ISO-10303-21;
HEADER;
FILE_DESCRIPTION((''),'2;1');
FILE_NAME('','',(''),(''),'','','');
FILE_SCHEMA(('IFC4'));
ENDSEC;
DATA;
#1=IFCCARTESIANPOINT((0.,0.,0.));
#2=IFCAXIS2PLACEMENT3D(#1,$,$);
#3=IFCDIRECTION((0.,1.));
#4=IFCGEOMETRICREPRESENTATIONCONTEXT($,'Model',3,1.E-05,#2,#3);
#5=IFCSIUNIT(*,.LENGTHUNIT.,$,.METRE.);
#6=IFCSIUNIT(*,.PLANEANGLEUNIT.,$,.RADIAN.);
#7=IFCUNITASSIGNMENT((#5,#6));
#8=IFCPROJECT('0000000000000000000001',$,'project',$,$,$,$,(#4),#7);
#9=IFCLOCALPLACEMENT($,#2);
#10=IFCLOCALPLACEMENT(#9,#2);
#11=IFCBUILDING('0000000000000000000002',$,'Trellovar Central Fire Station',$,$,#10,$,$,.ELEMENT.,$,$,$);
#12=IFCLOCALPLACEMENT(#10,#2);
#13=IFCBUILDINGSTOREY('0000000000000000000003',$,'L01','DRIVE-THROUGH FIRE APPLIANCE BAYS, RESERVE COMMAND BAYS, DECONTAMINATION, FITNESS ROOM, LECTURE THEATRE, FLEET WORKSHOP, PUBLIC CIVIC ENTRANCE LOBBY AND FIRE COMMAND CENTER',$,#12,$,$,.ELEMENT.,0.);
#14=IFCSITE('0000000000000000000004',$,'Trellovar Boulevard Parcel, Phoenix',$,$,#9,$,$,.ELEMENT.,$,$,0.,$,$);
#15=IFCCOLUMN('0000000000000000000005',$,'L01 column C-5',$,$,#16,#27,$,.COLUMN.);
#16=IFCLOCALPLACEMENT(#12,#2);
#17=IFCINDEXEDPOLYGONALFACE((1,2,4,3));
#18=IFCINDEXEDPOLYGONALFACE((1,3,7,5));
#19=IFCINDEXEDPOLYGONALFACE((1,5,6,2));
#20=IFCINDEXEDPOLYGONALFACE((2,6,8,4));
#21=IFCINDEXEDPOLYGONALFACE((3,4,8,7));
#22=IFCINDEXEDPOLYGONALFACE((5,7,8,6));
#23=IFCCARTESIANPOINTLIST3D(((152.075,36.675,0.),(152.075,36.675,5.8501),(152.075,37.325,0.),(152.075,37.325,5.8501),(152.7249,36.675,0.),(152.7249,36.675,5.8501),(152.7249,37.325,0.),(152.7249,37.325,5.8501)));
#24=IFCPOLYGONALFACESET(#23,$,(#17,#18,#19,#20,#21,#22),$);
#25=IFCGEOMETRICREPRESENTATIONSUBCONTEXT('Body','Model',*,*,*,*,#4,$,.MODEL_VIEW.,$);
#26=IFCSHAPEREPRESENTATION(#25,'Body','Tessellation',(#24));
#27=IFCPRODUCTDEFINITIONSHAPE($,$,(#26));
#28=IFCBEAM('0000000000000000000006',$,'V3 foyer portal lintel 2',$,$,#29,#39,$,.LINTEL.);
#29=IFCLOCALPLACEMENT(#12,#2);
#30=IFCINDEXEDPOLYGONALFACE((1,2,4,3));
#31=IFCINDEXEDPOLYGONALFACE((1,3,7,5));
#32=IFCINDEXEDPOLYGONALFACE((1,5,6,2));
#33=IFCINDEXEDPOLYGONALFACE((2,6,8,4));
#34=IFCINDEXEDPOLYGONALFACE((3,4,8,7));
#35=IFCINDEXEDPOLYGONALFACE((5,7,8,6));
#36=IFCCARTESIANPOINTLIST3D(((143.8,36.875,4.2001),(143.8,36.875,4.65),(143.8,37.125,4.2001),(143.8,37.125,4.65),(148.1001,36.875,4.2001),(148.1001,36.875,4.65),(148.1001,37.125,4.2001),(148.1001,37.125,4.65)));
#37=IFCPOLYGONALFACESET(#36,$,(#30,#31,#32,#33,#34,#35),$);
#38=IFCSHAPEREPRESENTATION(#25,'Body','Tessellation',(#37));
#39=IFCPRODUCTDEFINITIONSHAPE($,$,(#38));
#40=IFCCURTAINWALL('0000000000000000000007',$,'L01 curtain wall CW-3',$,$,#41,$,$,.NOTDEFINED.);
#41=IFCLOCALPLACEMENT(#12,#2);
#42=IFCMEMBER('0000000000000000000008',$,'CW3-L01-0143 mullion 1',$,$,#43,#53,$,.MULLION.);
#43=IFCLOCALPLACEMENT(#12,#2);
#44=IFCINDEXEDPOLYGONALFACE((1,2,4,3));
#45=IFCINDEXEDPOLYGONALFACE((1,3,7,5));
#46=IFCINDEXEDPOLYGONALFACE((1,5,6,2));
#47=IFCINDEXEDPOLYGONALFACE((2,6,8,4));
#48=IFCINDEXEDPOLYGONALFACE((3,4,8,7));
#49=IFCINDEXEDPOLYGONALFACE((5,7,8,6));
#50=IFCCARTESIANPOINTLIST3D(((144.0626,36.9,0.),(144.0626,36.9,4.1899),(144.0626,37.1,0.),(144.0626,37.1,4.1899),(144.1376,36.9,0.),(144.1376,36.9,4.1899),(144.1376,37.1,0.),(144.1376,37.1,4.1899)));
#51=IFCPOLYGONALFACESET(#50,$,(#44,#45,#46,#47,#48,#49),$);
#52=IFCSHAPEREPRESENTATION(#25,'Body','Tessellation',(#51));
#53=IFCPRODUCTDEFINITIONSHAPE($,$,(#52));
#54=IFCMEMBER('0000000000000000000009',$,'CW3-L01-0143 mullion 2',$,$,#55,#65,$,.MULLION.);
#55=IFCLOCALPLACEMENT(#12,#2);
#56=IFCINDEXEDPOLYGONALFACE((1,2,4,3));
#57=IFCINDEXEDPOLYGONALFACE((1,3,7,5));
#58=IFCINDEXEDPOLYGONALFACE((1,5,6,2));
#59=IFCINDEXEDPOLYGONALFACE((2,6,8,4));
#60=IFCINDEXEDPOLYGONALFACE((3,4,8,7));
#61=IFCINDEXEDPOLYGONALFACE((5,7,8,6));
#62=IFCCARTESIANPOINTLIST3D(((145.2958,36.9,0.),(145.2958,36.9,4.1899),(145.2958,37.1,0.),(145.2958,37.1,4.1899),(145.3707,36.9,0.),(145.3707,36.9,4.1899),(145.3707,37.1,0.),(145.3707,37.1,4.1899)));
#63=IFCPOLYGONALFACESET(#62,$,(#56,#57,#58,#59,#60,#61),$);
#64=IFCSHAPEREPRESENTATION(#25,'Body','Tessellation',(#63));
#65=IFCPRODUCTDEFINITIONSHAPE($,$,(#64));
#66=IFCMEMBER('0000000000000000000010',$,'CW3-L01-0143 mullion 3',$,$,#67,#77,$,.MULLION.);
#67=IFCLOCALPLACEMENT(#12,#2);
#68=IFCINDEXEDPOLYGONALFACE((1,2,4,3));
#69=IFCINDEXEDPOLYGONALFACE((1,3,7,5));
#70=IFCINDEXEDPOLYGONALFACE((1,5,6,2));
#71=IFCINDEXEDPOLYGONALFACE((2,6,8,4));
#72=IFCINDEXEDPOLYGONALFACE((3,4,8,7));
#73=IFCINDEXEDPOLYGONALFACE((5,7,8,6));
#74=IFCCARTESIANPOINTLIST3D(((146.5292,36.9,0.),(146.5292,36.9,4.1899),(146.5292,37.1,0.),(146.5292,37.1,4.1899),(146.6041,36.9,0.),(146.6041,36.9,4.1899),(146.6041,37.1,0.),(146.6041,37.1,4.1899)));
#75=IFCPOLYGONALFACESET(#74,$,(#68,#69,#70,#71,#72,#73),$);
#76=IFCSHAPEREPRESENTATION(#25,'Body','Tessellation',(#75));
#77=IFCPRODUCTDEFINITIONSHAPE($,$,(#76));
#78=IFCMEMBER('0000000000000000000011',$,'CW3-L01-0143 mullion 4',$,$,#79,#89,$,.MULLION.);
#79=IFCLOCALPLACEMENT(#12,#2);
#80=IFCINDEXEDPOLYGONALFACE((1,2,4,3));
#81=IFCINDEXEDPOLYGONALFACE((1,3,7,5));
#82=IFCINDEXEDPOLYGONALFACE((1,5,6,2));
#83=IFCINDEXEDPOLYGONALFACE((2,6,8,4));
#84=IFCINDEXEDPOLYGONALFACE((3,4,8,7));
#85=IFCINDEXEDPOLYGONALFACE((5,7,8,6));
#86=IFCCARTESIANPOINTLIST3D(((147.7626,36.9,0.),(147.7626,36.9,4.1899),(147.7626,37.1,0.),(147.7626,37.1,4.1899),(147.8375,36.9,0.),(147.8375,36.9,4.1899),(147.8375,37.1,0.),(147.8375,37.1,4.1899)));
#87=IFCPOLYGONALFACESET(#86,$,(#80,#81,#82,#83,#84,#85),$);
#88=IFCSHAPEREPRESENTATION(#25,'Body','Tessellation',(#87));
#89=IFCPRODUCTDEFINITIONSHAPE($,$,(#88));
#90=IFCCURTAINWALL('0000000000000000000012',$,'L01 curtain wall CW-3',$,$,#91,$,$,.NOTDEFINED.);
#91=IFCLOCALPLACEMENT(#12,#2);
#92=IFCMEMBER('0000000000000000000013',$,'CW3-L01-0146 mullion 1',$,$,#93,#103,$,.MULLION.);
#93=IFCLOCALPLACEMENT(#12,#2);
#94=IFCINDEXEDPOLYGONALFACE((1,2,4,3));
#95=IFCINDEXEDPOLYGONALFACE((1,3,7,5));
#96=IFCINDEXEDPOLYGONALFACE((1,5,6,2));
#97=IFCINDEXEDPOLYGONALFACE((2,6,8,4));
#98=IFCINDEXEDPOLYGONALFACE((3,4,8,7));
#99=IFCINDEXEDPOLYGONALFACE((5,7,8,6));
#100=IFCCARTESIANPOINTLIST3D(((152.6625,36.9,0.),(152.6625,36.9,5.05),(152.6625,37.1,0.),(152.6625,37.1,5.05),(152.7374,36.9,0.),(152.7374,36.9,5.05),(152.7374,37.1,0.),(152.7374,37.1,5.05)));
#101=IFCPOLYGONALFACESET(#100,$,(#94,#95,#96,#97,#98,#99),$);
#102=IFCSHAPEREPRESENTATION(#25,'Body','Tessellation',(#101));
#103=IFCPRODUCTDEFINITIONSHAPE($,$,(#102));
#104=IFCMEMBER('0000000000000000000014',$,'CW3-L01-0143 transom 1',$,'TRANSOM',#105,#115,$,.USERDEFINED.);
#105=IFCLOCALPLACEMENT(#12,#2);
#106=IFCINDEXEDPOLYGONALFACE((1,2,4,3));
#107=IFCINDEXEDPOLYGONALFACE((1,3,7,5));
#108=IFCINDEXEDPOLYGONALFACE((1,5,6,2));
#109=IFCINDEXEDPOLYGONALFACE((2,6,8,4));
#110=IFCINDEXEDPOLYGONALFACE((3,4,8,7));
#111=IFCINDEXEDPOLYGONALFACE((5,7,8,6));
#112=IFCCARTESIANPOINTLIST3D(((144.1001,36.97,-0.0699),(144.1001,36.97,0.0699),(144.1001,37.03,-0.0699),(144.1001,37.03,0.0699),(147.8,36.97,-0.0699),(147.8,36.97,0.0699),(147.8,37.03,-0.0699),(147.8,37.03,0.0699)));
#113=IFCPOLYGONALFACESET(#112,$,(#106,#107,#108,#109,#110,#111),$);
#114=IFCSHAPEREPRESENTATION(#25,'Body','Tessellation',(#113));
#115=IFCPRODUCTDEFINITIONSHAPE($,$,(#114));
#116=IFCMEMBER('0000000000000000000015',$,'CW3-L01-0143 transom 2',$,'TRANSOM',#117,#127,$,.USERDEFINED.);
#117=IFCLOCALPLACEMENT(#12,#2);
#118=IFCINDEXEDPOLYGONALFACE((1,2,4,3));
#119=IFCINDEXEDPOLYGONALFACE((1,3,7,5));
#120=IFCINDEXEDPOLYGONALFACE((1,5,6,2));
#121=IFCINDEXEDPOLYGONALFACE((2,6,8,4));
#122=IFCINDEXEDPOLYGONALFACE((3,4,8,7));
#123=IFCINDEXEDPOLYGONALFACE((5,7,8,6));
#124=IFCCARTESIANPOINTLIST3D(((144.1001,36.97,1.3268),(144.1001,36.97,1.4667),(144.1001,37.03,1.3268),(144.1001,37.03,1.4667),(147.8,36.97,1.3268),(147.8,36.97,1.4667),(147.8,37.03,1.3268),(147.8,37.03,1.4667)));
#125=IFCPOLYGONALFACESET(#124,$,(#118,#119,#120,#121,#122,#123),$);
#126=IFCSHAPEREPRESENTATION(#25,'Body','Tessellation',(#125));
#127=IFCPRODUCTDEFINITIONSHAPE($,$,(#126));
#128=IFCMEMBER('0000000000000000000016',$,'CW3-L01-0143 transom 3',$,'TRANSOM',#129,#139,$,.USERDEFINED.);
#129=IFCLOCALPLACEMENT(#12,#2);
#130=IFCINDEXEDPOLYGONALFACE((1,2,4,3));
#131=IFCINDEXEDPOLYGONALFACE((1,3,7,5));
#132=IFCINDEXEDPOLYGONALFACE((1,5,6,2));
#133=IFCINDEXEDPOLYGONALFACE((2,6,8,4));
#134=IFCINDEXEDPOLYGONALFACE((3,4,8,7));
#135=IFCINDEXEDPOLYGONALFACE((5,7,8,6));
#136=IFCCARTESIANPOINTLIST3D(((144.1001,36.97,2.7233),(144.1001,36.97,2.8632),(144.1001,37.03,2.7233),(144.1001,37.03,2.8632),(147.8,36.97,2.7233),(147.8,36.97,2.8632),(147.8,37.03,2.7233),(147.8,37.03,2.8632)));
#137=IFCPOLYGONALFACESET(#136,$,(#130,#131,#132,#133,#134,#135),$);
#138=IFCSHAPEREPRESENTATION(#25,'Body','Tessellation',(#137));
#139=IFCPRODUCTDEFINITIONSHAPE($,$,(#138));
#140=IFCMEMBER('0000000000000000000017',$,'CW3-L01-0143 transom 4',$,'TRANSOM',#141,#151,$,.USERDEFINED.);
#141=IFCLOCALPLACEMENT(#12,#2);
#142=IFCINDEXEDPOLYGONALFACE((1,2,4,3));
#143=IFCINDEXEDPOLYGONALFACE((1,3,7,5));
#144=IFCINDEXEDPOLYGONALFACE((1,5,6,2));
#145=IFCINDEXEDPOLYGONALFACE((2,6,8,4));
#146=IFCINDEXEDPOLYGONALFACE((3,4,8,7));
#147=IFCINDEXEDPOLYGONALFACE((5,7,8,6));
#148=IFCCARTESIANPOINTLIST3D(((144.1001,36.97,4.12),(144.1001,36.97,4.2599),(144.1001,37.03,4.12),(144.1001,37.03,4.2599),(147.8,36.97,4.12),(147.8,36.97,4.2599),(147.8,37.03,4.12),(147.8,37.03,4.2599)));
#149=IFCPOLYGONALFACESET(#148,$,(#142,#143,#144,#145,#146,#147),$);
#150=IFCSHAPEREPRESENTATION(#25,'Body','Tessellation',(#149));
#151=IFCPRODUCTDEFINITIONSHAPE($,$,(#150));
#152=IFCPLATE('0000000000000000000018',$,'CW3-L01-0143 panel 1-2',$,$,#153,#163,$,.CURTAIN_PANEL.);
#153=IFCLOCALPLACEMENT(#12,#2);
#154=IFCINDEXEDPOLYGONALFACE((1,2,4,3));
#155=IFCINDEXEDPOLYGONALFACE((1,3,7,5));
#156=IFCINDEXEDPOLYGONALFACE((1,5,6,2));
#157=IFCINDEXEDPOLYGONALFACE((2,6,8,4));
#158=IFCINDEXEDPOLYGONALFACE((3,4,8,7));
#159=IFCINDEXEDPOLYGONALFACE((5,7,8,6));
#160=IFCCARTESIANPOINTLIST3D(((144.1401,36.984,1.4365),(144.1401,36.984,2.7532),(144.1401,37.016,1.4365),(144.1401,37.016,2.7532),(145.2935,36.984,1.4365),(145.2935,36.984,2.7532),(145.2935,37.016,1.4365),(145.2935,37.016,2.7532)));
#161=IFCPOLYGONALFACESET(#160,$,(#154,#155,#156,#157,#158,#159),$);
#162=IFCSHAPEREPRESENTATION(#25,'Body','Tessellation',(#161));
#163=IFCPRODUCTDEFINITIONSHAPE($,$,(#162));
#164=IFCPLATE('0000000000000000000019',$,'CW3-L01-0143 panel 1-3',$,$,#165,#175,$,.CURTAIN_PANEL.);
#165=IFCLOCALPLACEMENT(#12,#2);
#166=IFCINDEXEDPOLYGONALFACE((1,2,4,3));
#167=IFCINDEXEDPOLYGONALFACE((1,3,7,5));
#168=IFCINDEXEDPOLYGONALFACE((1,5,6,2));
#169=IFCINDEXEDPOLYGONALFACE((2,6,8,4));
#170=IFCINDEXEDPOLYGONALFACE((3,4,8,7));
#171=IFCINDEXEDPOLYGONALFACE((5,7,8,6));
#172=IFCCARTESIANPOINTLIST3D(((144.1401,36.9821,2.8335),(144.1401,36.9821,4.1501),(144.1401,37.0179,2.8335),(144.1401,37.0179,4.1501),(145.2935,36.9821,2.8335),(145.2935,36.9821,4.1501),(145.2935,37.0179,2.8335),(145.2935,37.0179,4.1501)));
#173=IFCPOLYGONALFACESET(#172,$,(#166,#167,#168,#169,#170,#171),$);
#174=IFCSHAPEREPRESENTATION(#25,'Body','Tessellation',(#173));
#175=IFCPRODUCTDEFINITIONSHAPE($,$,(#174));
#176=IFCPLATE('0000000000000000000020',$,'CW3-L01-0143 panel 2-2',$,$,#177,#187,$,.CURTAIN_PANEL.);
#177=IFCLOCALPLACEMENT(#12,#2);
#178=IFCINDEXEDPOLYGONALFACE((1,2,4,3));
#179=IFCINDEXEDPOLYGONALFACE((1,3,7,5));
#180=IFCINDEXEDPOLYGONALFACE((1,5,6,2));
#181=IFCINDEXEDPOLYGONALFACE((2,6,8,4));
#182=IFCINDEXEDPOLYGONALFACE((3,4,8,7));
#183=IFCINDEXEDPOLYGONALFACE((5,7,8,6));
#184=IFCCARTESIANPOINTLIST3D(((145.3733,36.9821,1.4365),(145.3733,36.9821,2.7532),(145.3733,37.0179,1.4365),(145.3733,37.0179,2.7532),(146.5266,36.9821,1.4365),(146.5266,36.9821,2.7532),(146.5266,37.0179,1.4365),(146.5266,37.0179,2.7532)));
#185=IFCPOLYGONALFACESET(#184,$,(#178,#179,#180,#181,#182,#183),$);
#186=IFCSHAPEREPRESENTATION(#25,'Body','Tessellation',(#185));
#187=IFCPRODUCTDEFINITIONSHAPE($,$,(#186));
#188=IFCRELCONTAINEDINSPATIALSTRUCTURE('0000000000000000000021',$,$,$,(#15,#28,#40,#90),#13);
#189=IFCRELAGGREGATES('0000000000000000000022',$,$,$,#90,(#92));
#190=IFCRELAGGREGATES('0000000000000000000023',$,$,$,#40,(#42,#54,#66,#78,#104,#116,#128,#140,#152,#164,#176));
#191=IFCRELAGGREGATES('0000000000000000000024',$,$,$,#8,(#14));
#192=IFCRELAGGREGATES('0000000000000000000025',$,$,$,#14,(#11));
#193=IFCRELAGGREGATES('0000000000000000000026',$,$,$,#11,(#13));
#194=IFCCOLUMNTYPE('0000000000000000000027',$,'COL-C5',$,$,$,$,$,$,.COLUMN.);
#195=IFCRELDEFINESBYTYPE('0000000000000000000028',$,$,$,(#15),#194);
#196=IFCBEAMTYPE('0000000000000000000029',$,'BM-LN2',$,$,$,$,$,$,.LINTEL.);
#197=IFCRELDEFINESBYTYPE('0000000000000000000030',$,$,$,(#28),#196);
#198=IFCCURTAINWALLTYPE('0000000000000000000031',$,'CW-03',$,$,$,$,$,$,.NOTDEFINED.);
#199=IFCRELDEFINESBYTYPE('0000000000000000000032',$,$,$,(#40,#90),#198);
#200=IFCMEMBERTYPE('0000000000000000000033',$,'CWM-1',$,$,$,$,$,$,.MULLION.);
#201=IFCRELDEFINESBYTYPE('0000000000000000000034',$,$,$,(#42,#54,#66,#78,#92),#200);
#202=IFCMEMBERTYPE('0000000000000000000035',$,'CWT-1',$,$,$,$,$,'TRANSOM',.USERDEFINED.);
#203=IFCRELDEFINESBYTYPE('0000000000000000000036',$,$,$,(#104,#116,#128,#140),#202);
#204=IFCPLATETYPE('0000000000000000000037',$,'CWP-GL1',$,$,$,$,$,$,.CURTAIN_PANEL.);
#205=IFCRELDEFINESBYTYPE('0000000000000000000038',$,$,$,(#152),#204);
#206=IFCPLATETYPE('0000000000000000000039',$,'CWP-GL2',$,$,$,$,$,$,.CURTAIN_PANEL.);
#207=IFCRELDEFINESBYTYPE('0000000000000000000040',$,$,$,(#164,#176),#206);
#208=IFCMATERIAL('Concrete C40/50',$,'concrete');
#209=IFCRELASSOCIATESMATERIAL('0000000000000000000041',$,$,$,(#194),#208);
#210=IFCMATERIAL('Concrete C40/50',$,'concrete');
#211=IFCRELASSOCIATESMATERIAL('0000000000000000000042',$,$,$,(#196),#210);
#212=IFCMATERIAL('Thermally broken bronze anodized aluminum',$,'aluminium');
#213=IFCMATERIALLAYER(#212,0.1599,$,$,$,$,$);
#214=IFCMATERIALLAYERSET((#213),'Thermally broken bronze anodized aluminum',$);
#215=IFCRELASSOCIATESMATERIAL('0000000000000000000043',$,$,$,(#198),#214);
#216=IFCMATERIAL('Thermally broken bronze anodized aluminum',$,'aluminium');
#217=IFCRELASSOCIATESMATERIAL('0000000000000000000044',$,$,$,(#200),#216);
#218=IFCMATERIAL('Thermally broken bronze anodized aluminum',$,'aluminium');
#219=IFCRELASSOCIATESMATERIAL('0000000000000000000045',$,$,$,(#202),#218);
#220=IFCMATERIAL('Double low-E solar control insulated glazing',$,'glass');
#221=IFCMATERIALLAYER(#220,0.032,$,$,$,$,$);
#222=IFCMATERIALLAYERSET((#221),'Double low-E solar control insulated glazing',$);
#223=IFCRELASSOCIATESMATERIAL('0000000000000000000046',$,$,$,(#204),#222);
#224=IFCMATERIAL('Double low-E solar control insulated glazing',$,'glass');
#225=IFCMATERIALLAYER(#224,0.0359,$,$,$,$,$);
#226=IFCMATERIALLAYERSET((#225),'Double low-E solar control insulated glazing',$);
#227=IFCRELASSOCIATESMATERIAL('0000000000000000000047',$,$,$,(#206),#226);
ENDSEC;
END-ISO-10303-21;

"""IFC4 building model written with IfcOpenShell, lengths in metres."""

from ifc_helpers import new_model, si_unit, direction, frame, origin, origin_2d, place, context, subcontext, project, spatial, rectangle, extrude, material, layer, layer_set, material_profile, profile_set, type_object, element, aggregate, save


model = new_model("IFC4")

# Units and contexts
model_context = context("Model", 3, precision=1e-05, world=origin(), true_north=direction((0.0, 1.0)))
body_context = subcontext(model_context, "Body", "Model", "MODEL_VIEW")
ifc_project = project(units=[si_unit("LENGTHUNIT", "METRE"), si_unit("PLANEANGLEUNIT", "RADIAN")], contexts=[model_context])

# Site, building, storey
site_placement = place(None, origin())
site = spatial("IfcSite", under=ifc_project, at=site_placement, Name="Trellovar Boulevard Parcel, Phoenix", CompositionType="ELEMENT", RefElevation=0.0)
building_placement = place(site_placement, origin())
building = spatial("IfcBuilding", under=site, at=building_placement, Name="Trellovar Central Fire Station", CompositionType="ELEMENT")
storey_placement = place(building_placement, origin())
storey = spatial("IfcBuildingStorey", under=building, at=storey_placement, Name="L01", Description="DRIVE-THROUGH FIRE APPLIANCE BAYS, RESERVE COMMAND BAYS, DECONTAMINATION, FITNESS ROOM, LECTURE THEATRE, FLEET WORKSHOP, PUBLIC CIVIC ENTRANCE LOBBY AND FIRE COMMAND CENTER", CompositionType="ELEMENT", Elevation=0.0)

# Column
ifc_material_1 = material(Name="Concrete C40/50", Category="concrete")
ifc_material_profile_1 = material_profile(ifc_material_1, rectangle(XDim=0.6499, YDim=0.6499, at=origin_2d()), Name="RC650X650")
ifc_profile_set_1 = profile_set([ifc_material_profile_1], Name="Concrete C40/50")
column_type = type_object("IfcColumnType", Name="COL-C5", PredefinedType="COLUMN", material=ifc_profile_set_1)
for number, where, z_axis, x_axis, name in (
    (1, (152.3999, 37.0, 0.0), (0.0, 0.0, 1.0), (1.0, 0.0, 0.0), "L01 column C-5"),
):
    element("IfcColumn", number, at=place(storey_placement, frame(where, z_axis=z_axis, x_axis=x_axis)), inside=storey, type_object=column_type, Name=name, PredefinedType="COLUMN", context=body_context, shape_type="SweptSolid", body=[
        extrude(rectangle(XDim=0.6499, YDim=0.6499, at=origin_2d()), origin(), (0.0, 0.0, 1.0), 5.8501),
    ])

# Beam
ifc_material_2 = material(Name="Concrete C40/50", Category="concrete")
ifc_material_profile_2 = material_profile(ifc_material_2, rectangle(XDim=0.25, YDim=0.45, at=origin_2d()), Name="RC250X450")
ifc_profile_set_2 = profile_set([ifc_material_profile_2], Name="Concrete C40/50")
beam_type = type_object("IfcBeamType", Name="BM-LN2", PredefinedType="LINTEL", material=ifc_profile_set_2)
beam_placement = place(storey_placement, frame((143.8, 37.0, 4.425), z_axis=(1.0, 0.0, 0.0), x_axis=(0.0, 1.0, 0.0)))
element("IfcBeam", 2, at=beam_placement, inside=storey, type_object=beam_type, Name="V3 foyer portal lintel 2", PredefinedType="LINTEL", context=body_context, shape_type="SweptSolid", body=[
    extrude(rectangle(XDim=0.25, YDim=0.45, at=origin_2d()), origin(), (0.0, 0.0, 1.0), 4.3),
])

# Curtain wall, members
ifc_material_3 = material(Name="Thermally broken bronze anodized aluminum", Category="aluminium")
ifc_layer_1 = layer(ifc_material_3, 0.1599)
ifc_layer_set_1 = layer_set([ifc_layer_1], Name="Thermally broken bronze anodized aluminum")
curtain_wall_type = type_object("IfcCurtainWallType", Name="CW-03", PredefinedType="NOTDEFINED", material=ifc_layer_set_1)
curtain_wall_1_placement = place(storey_placement, origin())
curtain_wall_1 = element("IfcCurtainWall", 3, at=curtain_wall_1_placement, inside=storey, type_object=curtain_wall_type, Name="L01 curtain wall CW-3", PredefinedType="NOTDEFINED")
ifc_material_4 = material(Name="Thermally broken bronze anodized aluminum", Category="aluminium")
ifc_material_profile_3 = material_profile(ifc_material_4, rectangle(XDim=0.075, YDim=0.2, at=origin_2d()), Name="ALU75X200")
ifc_profile_set_3 = profile_set([ifc_material_profile_3], Name="Thermally broken bronze anodized aluminum")
member_type_1 = type_object("IfcMemberType", Name="CWM-1", PredefinedType="MULLION", material=ifc_profile_set_3)
member_1_placement = place(storey_placement, frame((144.1001, 37.0, 0.0), z_axis=(0.0, 0.0, 1.0), x_axis=(1.0, 0.0, 0.0)))
member_1 = element("IfcMember", 4, at=member_1_placement, type_object=member_type_1, Name="CW3-L01-0143 mullion 1", PredefinedType="MULLION", context=body_context, shape_type="SweptSolid", body=[
    extrude(rectangle(XDim=0.075, YDim=0.2, at=origin_2d()), origin(), (0.0, 0.0, 1.0), 4.1899),
])
member_2_placement = place(storey_placement, frame((145.3333, 37.0, 0.0), z_axis=(0.0, 0.0, 1.0), x_axis=(1.0, 0.0, 0.0)))
member_2 = element("IfcMember", 5, at=member_2_placement, type_object=member_type_1, Name="CW3-L01-0143 mullion 2", PredefinedType="MULLION", context=body_context, shape_type="SweptSolid", body=[
    extrude(rectangle(XDim=0.075, YDim=0.2, at=origin_2d()), origin(), (0.0, 0.0, 1.0), 4.1899),
])
member_3_placement = place(storey_placement, frame((146.5667, 37.0, 0.0), z_axis=(0.0, 0.0, 1.0), x_axis=(1.0, 0.0, 0.0)))
member_3 = element("IfcMember", 6, at=member_3_placement, type_object=member_type_1, Name="CW3-L01-0143 mullion 3", PredefinedType="MULLION", context=body_context, shape_type="SweptSolid", body=[
    extrude(rectangle(XDim=0.075, YDim=0.2, at=origin_2d()), origin(), (0.0, 0.0, 1.0), 4.1899),
])
member_4_placement = place(storey_placement, frame((147.8, 37.0, 0.0), z_axis=(0.0, 0.0, 1.0), x_axis=(1.0, 0.0, 0.0)))
member_4 = element("IfcMember", 7, at=member_4_placement, type_object=member_type_1, Name="CW3-L01-0143 mullion 4", PredefinedType="MULLION", context=body_context, shape_type="SweptSolid", body=[
    extrude(rectangle(XDim=0.075, YDim=0.2, at=origin_2d()), origin(), (0.0, 0.0, 1.0), 4.1899),
])

# Curtain wall, member
curtain_wall_2_placement = place(storey_placement, origin())
curtain_wall_2 = element("IfcCurtainWall", 8, at=curtain_wall_2_placement, inside=storey, type_object=curtain_wall_type, Name="L01 curtain wall CW-3", PredefinedType="NOTDEFINED")
member_5_placement = place(storey_placement, frame((152.7, 37.0, 0.0), z_axis=(0.0, 0.0, 1.0), x_axis=(1.0, 0.0, 0.0)))
member_5 = element("IfcMember", 9, at=member_5_placement, type_object=member_type_1, Name="CW3-L01-0146 mullion 1", PredefinedType="MULLION", context=body_context, shape_type="SweptSolid", body=[
    extrude(rectangle(XDim=0.075, YDim=0.2, at=origin_2d()), origin(), (0.0, 0.0, 1.0), 5.05),
])
aggregate(curtain_wall_2, [member_5])

# Members
ifc_material_5 = material(Name="Thermally broken bronze anodized aluminum", Category="aluminium")
ifc_material_profile_4 = material_profile(ifc_material_5, rectangle(XDim=0.0601, YDim=0.1399, at=origin_2d()), Name="ALU60X140")
ifc_profile_set_4 = profile_set([ifc_material_profile_4], Name="Thermally broken bronze anodized aluminum")
member_type_2 = type_object("IfcMemberType", Name="CWT-1", ElementType="TRANSOM", PredefinedType="USERDEFINED", material=ifc_profile_set_4)
member_6_placement = place(storey_placement, frame((144.1001, 37.0, 0.0), z_axis=(1.0, 0.0, 0.0), x_axis=(0.0, 1.0, 0.0)))
member_6 = element("IfcMember", 10, at=member_6_placement, type_object=member_type_2, Name="CW3-L01-0143 transom 1", ObjectType="TRANSOM", PredefinedType="USERDEFINED", context=body_context, shape_type="SweptSolid", body=[
    extrude(rectangle(XDim=0.0601, YDim=0.1399, at=origin_2d()), origin(), (0.0, 0.0, 1.0), 3.7),
])
member_7_placement = place(storey_placement, frame((144.1001, 37.0, 1.3967), z_axis=(1.0, 0.0, 0.0), x_axis=(0.0, 1.0, 0.0)))
member_7 = element("IfcMember", 11, at=member_7_placement, type_object=member_type_2, Name="CW3-L01-0143 transom 2", ObjectType="TRANSOM", PredefinedType="USERDEFINED", context=body_context, shape_type="SweptSolid", body=[
    extrude(rectangle(XDim=0.0601, YDim=0.1399, at=origin_2d()), origin(), (0.0, 0.0, 1.0), 3.7),
])
member_8_placement = place(storey_placement, frame((144.1001, 37.0, 2.7932), z_axis=(1.0, 0.0, 0.0), x_axis=(0.0, 1.0, 0.0)))
member_8 = element("IfcMember", 12, at=member_8_placement, type_object=member_type_2, Name="CW3-L01-0143 transom 3", ObjectType="TRANSOM", PredefinedType="USERDEFINED", context=body_context, shape_type="SweptSolid", body=[
    extrude(rectangle(XDim=0.0601, YDim=0.1399, at=origin_2d()), origin(), (0.0, 0.0, 1.0), 3.7),
])
member_9_placement = place(storey_placement, frame((144.1001, 37.0, 4.1899), z_axis=(1.0, 0.0, 0.0), x_axis=(0.0, 1.0, 0.0)))
member_9 = element("IfcMember", 13, at=member_9_placement, type_object=member_type_2, Name="CW3-L01-0143 transom 4", ObjectType="TRANSOM", PredefinedType="USERDEFINED", context=body_context, shape_type="SweptSolid", body=[
    extrude(rectangle(XDim=0.0601, YDim=0.1399, at=origin_2d()), origin(), (0.0, 0.0, 1.0), 3.7),
])

# Plates
ifc_material_6 = material(Name="Double low-E solar control insulated glazing", Category="glass")
ifc_layer_2 = layer(ifc_material_6, 0.032)
ifc_layer_set_2 = layer_set([ifc_layer_2], Name="Double low-E solar control insulated glazing")
plate_type_1 = type_object("IfcPlateType", Name="CWP-GL1", PredefinedType="CURTAIN_PANEL", material=ifc_layer_set_2)
plate_1_placement = place(storey_placement, frame((144.7168, 37.0, 1.4365), z_axis=(0.0, 0.0, 1.0), x_axis=(1.0, 0.0, 0.0)))
plate_1 = element("IfcPlate", 14, at=plate_1_placement, type_object=plate_type_1, Name="CW3-L01-0143 panel 1-2", PredefinedType="CURTAIN_PANEL", context=body_context, shape_type="SweptSolid", body=[
    extrude(rectangle(XDim=1.1533, YDim=0.032, at=origin_2d()), origin(), (0.0, 0.0, 1.0), 1.3167),
])
ifc_material_7 = material(Name="Double low-E solar control insulated glazing", Category="glass")
ifc_layer_3 = layer(ifc_material_7, 0.0359)
ifc_layer_set_3 = layer_set([ifc_layer_3], Name="Double low-E solar control insulated glazing")
plate_type_2 = type_object("IfcPlateType", Name="CWP-GL2", PredefinedType="CURTAIN_PANEL", material=ifc_layer_set_3)
plate_2_placement = place(storey_placement, frame((144.7168, 37.0, 2.8335), z_axis=(0.0, 0.0, 1.0), x_axis=(1.0, 0.0, 0.0)))
plate_2 = element("IfcPlate", 15, at=plate_2_placement, type_object=plate_type_2, Name="CW3-L01-0143 panel 1-3", PredefinedType="CURTAIN_PANEL", context=body_context, shape_type="SweptSolid", body=[
    extrude(rectangle(XDim=1.1533, YDim=0.0359, at=origin_2d()), origin(), (0.0, 0.0, 1.0), 1.3167),
])
plate_3_placement = place(storey_placement, frame((145.95, 37.0, 1.4365), z_axis=(0.0, 0.0, 1.0), x_axis=(1.0, 0.0, 0.0)))
plate_3 = element("IfcPlate", 16, at=plate_3_placement, type_object=plate_type_2, Name="CW3-L01-0143 panel 2-2", PredefinedType="CURTAIN_PANEL", context=body_context, shape_type="SweptSolid", body=[
    extrude(rectangle(XDim=1.1533, YDim=0.0359, at=origin_2d()), origin(), (0.0, 0.0, 1.0), 1.3167),
])
aggregate(curtain_wall_1, [member_1, member_2, member_3, member_4, member_6, member_7, member_8, member_9, plate_1, plate_2, plate_3])

save(model, "model.ifc")
